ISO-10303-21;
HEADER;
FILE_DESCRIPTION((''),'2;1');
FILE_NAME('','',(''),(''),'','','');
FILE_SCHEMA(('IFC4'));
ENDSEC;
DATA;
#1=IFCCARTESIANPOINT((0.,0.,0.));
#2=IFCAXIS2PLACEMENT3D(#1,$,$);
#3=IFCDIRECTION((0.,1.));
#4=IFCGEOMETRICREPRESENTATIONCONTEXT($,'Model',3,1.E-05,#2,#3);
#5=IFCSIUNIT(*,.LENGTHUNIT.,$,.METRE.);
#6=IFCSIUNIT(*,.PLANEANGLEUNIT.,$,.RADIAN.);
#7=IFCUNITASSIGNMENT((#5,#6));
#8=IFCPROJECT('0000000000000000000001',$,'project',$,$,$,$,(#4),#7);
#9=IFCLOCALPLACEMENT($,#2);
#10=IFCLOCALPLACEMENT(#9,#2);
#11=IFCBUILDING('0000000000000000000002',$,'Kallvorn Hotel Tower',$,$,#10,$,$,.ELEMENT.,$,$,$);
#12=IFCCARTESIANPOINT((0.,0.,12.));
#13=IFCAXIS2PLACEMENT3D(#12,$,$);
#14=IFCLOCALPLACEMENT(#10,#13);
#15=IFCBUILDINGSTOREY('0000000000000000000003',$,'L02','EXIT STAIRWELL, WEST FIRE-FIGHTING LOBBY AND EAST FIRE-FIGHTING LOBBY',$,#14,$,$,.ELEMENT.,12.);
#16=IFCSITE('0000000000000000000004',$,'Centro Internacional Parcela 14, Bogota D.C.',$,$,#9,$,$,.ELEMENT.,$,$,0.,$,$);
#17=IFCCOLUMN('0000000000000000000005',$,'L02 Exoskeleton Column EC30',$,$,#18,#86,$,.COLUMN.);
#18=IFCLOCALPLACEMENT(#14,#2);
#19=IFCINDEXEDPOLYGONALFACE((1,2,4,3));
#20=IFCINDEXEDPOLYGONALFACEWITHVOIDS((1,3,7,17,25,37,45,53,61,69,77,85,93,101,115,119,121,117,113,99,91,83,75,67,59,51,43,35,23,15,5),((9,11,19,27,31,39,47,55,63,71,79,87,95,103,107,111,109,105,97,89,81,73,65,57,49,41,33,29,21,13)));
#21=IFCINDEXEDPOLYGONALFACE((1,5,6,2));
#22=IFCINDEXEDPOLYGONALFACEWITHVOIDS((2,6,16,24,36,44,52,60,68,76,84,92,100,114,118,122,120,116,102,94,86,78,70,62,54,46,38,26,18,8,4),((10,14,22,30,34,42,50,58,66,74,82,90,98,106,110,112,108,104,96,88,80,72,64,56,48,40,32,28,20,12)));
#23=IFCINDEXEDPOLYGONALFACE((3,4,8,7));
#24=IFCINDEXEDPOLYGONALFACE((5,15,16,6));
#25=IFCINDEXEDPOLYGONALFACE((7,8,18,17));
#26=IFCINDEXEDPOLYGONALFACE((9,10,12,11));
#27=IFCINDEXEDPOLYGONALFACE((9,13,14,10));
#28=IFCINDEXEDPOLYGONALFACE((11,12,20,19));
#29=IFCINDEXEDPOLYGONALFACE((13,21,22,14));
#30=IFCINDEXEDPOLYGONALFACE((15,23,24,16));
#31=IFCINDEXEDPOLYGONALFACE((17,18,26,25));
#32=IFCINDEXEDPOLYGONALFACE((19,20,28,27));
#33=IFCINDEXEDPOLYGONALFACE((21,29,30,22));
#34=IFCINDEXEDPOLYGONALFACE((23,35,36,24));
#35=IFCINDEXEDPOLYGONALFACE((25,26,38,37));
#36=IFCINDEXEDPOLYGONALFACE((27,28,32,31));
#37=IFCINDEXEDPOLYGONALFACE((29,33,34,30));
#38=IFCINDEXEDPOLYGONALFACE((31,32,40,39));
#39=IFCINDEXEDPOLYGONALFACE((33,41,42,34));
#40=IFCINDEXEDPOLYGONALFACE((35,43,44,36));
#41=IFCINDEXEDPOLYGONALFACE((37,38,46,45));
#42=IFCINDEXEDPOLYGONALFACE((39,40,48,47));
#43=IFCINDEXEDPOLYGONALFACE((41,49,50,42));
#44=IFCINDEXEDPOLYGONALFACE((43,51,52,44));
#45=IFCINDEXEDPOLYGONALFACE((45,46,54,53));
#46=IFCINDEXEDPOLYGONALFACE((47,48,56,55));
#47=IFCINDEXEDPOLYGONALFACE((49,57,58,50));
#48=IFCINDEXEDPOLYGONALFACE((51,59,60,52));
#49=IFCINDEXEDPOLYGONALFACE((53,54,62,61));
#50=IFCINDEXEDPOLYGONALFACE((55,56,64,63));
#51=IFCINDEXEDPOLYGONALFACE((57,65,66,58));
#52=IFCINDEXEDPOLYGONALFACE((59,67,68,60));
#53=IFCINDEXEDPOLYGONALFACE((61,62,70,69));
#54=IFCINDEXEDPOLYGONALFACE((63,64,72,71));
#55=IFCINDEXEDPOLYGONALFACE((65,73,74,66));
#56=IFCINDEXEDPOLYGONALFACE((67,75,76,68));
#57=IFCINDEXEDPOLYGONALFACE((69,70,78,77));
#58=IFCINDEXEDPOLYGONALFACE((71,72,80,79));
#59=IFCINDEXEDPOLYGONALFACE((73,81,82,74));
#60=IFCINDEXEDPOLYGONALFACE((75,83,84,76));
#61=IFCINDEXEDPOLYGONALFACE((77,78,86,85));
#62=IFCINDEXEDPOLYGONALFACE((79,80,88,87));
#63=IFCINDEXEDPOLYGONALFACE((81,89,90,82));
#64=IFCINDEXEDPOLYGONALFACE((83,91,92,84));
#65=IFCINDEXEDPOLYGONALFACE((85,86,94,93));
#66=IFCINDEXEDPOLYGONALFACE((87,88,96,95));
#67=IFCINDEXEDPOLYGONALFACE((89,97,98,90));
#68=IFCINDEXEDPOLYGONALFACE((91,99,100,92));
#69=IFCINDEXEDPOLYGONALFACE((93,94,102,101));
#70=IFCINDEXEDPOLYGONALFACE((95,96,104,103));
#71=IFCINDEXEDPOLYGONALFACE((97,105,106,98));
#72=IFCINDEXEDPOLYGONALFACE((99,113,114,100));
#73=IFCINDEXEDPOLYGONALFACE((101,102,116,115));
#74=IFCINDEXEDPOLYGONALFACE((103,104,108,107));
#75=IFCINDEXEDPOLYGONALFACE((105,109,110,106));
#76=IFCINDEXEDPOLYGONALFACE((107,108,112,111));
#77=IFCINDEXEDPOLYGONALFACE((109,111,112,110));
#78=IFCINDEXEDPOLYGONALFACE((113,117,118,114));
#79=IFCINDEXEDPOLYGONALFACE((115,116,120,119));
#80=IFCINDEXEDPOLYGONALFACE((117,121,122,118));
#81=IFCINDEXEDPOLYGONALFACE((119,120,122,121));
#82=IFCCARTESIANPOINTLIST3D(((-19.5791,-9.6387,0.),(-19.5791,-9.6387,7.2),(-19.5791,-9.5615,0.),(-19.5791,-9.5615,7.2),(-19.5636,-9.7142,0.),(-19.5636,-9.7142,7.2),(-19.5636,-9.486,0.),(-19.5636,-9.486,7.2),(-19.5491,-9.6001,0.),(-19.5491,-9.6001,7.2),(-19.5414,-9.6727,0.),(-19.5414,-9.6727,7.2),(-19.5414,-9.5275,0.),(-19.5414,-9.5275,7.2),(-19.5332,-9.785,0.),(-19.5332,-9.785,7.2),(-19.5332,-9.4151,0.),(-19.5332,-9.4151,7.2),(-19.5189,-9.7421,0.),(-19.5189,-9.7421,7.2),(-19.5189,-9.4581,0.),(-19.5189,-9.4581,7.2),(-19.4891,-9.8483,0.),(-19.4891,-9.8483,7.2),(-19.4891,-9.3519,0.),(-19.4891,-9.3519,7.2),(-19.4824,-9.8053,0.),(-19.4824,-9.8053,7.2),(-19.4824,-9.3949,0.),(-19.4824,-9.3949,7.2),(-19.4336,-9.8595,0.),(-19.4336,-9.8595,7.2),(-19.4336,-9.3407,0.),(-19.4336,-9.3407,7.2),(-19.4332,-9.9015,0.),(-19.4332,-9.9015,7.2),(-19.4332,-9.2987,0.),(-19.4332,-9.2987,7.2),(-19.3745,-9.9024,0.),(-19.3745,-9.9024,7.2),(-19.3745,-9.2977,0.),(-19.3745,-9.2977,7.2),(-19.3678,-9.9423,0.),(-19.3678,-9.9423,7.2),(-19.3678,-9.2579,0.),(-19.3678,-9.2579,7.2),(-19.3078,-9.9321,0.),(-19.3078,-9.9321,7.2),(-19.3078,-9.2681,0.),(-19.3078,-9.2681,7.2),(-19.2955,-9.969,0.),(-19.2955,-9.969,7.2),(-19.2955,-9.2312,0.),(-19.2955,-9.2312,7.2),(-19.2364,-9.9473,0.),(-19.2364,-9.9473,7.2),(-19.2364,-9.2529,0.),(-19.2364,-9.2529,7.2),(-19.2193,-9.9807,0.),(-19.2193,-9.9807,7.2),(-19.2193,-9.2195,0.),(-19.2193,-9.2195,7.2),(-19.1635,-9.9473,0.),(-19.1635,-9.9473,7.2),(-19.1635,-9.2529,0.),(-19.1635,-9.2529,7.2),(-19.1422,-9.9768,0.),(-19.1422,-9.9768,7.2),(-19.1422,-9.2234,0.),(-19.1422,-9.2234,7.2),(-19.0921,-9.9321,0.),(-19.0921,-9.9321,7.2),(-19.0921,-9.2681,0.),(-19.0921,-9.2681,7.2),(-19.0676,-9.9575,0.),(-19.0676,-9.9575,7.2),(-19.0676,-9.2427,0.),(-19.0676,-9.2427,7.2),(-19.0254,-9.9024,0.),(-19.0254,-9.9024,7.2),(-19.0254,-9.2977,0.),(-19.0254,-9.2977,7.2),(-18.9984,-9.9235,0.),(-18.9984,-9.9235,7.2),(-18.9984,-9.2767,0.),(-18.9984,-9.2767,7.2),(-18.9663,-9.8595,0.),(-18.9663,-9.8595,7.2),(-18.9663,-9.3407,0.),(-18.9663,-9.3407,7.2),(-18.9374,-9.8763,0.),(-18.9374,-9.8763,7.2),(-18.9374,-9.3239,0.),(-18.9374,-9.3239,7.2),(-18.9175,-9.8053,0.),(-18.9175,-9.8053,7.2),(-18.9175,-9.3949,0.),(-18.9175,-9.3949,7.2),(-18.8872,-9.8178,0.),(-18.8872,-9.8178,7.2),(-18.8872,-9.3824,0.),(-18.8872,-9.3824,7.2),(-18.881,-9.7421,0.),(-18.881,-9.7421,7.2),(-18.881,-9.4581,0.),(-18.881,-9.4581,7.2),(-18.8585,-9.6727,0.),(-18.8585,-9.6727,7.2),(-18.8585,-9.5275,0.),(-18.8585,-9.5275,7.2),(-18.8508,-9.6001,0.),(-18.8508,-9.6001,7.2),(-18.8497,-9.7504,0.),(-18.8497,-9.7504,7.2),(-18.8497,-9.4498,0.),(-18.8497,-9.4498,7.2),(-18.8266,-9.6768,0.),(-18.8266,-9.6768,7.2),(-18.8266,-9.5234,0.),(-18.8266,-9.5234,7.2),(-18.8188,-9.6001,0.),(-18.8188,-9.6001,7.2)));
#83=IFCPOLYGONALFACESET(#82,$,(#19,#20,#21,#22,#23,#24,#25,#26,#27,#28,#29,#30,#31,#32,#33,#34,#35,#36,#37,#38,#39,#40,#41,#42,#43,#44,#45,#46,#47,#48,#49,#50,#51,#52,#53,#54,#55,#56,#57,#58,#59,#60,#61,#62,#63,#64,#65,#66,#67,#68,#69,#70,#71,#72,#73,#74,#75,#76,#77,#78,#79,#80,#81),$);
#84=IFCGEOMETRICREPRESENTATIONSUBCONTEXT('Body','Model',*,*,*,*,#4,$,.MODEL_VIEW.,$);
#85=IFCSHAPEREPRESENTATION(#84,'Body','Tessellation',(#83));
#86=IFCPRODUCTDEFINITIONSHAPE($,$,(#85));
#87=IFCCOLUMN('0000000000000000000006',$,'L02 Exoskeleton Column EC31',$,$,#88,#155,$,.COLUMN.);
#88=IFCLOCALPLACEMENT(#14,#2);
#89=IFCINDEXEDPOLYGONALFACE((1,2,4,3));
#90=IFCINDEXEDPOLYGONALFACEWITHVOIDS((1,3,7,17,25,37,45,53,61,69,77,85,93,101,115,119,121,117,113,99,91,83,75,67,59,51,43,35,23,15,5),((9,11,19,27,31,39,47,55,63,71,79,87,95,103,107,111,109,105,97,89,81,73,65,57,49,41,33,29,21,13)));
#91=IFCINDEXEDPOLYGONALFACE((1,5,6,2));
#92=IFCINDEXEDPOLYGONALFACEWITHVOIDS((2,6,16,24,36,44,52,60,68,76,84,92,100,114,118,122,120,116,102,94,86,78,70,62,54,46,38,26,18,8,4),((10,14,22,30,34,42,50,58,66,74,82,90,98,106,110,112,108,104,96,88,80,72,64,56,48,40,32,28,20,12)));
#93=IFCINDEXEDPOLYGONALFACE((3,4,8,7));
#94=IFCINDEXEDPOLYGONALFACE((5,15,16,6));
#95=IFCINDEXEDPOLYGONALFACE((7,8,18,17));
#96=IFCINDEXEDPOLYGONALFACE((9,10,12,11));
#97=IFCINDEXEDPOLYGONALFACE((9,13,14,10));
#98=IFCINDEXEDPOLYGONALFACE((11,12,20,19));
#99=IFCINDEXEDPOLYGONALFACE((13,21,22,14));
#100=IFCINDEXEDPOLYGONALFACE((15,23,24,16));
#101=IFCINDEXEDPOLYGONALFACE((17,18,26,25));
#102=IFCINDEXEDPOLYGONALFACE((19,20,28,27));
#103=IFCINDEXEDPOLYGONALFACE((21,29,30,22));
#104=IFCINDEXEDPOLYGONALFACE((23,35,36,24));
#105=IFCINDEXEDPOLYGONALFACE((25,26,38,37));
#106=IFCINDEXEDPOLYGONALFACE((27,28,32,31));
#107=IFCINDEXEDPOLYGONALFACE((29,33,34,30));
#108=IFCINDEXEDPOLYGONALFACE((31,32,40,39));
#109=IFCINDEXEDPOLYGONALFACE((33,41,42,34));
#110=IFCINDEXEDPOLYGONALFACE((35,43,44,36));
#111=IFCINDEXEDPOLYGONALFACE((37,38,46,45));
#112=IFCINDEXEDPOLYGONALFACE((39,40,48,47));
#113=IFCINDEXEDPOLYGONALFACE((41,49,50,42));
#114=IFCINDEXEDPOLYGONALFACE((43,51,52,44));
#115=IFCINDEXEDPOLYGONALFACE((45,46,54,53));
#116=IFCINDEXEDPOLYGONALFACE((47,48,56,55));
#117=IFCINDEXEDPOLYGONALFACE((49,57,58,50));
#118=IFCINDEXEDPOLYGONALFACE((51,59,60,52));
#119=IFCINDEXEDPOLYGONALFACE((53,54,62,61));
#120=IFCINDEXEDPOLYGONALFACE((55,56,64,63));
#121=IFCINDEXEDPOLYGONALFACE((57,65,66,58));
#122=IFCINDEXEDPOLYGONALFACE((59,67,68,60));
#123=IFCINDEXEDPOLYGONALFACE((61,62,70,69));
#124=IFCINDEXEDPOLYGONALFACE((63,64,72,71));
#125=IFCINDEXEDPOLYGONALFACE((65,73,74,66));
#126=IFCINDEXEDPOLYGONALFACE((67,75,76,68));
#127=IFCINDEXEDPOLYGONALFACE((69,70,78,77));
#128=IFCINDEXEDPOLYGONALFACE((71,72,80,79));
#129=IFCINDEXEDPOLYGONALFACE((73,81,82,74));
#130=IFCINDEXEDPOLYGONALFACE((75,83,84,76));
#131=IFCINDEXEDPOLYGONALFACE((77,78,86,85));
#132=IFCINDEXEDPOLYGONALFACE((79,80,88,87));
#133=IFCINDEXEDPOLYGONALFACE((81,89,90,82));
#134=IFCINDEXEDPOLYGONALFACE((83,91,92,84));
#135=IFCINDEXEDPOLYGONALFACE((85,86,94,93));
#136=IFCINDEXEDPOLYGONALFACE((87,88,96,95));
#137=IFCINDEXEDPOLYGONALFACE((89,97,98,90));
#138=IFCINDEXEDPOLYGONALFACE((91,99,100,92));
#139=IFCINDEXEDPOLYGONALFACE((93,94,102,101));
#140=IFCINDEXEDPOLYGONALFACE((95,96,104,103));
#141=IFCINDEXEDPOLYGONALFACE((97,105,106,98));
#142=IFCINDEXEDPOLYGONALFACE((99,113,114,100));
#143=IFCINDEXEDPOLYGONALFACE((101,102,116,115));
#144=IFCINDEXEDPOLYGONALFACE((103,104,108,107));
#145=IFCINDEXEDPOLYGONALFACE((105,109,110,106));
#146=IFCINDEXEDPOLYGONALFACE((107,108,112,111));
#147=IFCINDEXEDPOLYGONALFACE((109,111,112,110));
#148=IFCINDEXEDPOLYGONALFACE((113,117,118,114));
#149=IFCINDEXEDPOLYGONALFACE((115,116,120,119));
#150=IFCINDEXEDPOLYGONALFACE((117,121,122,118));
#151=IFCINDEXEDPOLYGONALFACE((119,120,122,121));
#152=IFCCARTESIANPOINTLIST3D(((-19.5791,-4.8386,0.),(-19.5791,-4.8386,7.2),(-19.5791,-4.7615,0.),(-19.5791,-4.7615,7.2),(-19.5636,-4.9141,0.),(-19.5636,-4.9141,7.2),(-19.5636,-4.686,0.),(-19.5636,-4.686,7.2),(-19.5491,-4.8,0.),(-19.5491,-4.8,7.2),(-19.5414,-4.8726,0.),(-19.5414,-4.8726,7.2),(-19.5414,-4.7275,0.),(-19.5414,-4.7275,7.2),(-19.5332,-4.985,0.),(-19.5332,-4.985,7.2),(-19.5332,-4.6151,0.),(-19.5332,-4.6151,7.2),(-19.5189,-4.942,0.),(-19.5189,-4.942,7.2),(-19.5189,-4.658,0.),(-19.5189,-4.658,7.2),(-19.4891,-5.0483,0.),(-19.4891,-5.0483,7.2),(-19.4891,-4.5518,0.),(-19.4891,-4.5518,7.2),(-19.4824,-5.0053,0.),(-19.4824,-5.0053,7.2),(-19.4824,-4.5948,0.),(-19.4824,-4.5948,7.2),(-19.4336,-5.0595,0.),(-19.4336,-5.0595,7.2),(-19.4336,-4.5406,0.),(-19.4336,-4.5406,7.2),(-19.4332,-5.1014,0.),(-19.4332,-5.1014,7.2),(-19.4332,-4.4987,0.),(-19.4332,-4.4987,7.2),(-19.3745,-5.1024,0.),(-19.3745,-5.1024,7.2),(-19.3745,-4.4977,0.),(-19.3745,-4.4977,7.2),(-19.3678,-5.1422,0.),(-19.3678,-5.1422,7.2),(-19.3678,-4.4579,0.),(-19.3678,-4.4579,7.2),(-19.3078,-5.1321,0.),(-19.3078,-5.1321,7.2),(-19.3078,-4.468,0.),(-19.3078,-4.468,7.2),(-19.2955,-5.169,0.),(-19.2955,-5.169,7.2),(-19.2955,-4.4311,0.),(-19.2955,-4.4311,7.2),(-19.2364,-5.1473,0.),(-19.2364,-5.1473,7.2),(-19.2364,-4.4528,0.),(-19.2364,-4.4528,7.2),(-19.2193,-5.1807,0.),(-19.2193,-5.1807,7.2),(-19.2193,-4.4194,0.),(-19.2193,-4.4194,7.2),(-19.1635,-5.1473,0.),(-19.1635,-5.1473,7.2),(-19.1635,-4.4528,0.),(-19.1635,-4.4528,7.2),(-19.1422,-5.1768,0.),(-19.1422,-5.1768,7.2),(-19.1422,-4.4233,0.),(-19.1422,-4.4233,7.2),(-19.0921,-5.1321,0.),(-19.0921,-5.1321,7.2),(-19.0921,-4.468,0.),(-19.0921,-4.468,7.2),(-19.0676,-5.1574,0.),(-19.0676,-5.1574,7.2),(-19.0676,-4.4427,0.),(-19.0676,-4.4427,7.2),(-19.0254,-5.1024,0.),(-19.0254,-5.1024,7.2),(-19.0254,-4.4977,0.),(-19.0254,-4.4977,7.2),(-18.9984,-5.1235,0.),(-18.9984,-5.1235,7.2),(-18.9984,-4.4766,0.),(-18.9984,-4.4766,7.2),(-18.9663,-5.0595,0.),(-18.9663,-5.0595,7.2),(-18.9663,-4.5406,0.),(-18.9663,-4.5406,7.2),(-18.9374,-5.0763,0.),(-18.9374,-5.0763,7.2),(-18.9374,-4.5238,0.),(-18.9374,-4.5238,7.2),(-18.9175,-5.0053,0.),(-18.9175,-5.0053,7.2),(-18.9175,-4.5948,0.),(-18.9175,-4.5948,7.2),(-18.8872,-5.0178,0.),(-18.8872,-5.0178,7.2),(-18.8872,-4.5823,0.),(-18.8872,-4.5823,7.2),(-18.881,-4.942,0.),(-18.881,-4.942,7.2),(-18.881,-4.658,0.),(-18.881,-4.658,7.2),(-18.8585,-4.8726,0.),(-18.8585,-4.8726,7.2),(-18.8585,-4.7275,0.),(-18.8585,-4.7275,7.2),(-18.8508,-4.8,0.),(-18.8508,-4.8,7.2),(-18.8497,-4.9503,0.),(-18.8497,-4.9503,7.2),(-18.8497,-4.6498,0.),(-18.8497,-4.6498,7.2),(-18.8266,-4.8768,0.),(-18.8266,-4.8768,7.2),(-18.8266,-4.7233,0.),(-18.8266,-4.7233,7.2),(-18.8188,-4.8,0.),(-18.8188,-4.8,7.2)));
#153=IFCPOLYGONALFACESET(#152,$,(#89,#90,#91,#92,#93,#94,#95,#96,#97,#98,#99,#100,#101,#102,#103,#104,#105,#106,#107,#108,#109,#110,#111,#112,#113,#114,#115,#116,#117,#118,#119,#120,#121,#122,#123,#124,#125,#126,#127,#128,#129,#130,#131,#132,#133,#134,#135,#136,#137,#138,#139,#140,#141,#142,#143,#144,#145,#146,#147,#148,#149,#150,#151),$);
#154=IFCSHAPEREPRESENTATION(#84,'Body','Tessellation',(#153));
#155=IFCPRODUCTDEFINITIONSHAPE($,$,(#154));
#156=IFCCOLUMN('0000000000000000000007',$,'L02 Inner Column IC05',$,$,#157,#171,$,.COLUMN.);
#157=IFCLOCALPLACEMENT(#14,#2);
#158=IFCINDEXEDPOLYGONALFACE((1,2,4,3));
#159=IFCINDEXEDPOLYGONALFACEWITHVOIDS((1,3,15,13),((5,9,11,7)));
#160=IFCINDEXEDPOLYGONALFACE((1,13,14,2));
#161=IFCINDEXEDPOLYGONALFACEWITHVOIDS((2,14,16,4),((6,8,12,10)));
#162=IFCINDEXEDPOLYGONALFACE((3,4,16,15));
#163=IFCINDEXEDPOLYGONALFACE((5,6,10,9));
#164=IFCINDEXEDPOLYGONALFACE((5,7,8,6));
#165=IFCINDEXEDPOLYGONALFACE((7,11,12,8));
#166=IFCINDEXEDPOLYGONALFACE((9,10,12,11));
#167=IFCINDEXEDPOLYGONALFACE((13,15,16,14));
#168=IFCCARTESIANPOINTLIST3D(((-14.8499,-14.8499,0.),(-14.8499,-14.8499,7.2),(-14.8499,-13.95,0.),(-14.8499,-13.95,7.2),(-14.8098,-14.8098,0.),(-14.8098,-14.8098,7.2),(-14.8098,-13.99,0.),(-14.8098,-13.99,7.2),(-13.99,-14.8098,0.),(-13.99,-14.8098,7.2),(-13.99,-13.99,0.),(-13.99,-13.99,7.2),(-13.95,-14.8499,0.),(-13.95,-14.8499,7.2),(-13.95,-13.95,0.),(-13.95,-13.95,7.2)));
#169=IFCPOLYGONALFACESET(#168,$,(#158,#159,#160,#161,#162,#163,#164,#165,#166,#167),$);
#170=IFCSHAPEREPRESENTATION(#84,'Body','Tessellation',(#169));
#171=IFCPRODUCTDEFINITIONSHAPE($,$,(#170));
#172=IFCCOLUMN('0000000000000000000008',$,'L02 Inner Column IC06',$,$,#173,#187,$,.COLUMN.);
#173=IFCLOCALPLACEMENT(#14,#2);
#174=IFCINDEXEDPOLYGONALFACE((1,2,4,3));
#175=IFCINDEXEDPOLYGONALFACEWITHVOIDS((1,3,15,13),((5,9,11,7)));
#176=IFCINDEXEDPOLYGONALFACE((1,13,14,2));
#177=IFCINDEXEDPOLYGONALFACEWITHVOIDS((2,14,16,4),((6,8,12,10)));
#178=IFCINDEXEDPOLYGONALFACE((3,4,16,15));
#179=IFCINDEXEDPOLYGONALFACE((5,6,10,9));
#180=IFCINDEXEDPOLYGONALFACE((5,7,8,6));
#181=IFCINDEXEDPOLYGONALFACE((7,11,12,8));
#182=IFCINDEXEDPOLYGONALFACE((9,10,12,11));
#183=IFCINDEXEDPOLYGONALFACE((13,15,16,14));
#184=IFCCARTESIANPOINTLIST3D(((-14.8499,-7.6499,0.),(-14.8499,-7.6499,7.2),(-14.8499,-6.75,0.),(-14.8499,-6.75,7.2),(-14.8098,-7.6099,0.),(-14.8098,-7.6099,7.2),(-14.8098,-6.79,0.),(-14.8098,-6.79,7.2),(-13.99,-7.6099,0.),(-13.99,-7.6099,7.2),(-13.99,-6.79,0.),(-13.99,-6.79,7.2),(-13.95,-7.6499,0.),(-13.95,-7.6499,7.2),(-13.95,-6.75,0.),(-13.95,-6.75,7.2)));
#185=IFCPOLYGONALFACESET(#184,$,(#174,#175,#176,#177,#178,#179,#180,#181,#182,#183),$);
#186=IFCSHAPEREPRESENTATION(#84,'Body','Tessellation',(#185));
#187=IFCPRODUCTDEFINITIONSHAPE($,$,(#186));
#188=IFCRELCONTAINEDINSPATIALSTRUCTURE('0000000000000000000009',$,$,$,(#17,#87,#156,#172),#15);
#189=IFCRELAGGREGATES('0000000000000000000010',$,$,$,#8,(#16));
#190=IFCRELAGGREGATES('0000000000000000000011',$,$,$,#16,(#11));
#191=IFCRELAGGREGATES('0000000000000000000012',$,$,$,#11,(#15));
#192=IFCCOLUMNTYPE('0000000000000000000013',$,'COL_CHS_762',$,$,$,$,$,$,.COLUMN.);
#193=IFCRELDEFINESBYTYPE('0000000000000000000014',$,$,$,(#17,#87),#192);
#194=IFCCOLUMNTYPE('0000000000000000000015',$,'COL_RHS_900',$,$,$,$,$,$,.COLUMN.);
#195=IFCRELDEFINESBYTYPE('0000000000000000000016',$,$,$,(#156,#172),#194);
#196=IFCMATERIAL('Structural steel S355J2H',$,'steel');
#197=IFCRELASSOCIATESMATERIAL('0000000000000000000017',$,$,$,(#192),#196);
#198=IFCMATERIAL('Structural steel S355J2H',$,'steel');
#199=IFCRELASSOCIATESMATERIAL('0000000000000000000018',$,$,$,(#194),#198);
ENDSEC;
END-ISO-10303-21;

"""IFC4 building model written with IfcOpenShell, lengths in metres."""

from ifc_helpers import new_model, si_unit, direction, frame, origin, origin_2d, place, context, subcontext, project, spatial, hollow_rectangle, hollow_circle, extrude, material, material_profile, profile_set, type_object, element, save


model = new_model("IFC4")

# Units and contexts
model_context = context("Model", 3, precision=1e-05, world=origin(), true_north=direction((0.0, 1.0)))
body_context = subcontext(model_context, "Body", "Model", "MODEL_VIEW")
ifc_project = project(units=[si_unit("LENGTHUNIT", "METRE"), si_unit("PLANEANGLEUNIT", "RADIAN")], contexts=[model_context])

# Site, building, storey
site_placement = place(None, origin())
site = spatial("IfcSite", under=ifc_project, at=site_placement, Name="Centro Internacional Parcela 14, Bogota D.C.", CompositionType="ELEMENT", RefElevation=0.0)
building_placement = place(site_placement, origin())
building = spatial("IfcBuilding", under=site, at=building_placement, Name="Kallvorn Hotel Tower", CompositionType="ELEMENT")
storey_placement = place(building_placement, frame((0.0, 0.0, 12.0)))
storey = spatial("IfcBuildingStorey", under=building, at=storey_placement, Name="L02", Description="EXIT STAIRWELL, WEST FIRE-FIGHTING LOBBY AND EAST FIRE-FIGHTING LOBBY", CompositionType="ELEMENT", Elevation=12.0)

# Columns
ifc_material_1 = material(Name="Structural steel S355J2H", Category="steel")
ifc_material_profile_1 = material_profile(ifc_material_1, hollow_circle(Radius=0.3811, WallThickness=0.032, at=origin_2d()), Name="CHS 762x32")
ifc_profile_set_1 = profile_set([ifc_material_profile_1], Name="Structural steel S355J2H")
column_type_1 = type_object("IfcColumnType", Name="COL_CHS_762", PredefinedType="COLUMN", material=ifc_profile_set_1)
for number, where, z_axis, x_axis, name in (
    (1, (-19.2, -9.6001, 0.0), (0.0, 0.0, 1.0), (1.0, 0.0, 0.0), "L02 Exoskeleton Column EC30"),
    (2, (-19.2, -4.8, 0.0), (0.0, 0.0, 1.0), (1.0, 0.0, 0.0), "L02 Exoskeleton Column EC31"),
):
    element("IfcColumn", number, at=place(storey_placement, frame(where, z_axis=z_axis, x_axis=x_axis)), inside=storey, type_object=column_type_1, Name=name, PredefinedType="COLUMN", context=body_context, shape_type="SweptSolid", body=[
        extrude(hollow_circle(Radius=0.3811, WallThickness=0.032, at=origin_2d()), origin(), (0.0, 0.0, 1.0), 7.2),
    ])
ifc_material_2 = material(Name="Structural steel S355J2H", Category="steel")
ifc_material_profile_2 = material_profile(ifc_material_2, hollow_rectangle(XDim=0.8999, YDim=0.8999, WallThickness=0.04, at=origin_2d()), Name="RHS 900x900x40")
ifc_profile_set_2 = profile_set([ifc_material_profile_2], Name="Structural steel S355J2H")
column_type_2 = type_object("IfcColumnType", Name="COL_RHS_900", PredefinedType="COLUMN", material=ifc_profile_set_2)
for number, where, z_axis, x_axis, name in (
    (3, (-14.3999, -14.3999, 0.0), (0.0, 0.0, 1.0), (1.0, 0.0, 0.0), "L02 Inner Column IC05"),
    (4, (-14.3999, -7.2, 0.0), (0.0, 0.0, 1.0), (1.0, 0.0, 0.0), "L02 Inner Column IC06"),
):
    element("IfcColumn", number, at=place(storey_placement, frame(where, z_axis=z_axis, x_axis=x_axis)), inside=storey, type_object=column_type_2, Name=name, PredefinedType="COLUMN", context=body_context, shape_type="SweptSolid", body=[
        extrude(hollow_rectangle(XDim=0.8999, YDim=0.8999, WallThickness=0.04, at=origin_2d()), origin(), (0.0, 0.0, 1.0), 7.2),
    ])

save(model, "model.ifc")
